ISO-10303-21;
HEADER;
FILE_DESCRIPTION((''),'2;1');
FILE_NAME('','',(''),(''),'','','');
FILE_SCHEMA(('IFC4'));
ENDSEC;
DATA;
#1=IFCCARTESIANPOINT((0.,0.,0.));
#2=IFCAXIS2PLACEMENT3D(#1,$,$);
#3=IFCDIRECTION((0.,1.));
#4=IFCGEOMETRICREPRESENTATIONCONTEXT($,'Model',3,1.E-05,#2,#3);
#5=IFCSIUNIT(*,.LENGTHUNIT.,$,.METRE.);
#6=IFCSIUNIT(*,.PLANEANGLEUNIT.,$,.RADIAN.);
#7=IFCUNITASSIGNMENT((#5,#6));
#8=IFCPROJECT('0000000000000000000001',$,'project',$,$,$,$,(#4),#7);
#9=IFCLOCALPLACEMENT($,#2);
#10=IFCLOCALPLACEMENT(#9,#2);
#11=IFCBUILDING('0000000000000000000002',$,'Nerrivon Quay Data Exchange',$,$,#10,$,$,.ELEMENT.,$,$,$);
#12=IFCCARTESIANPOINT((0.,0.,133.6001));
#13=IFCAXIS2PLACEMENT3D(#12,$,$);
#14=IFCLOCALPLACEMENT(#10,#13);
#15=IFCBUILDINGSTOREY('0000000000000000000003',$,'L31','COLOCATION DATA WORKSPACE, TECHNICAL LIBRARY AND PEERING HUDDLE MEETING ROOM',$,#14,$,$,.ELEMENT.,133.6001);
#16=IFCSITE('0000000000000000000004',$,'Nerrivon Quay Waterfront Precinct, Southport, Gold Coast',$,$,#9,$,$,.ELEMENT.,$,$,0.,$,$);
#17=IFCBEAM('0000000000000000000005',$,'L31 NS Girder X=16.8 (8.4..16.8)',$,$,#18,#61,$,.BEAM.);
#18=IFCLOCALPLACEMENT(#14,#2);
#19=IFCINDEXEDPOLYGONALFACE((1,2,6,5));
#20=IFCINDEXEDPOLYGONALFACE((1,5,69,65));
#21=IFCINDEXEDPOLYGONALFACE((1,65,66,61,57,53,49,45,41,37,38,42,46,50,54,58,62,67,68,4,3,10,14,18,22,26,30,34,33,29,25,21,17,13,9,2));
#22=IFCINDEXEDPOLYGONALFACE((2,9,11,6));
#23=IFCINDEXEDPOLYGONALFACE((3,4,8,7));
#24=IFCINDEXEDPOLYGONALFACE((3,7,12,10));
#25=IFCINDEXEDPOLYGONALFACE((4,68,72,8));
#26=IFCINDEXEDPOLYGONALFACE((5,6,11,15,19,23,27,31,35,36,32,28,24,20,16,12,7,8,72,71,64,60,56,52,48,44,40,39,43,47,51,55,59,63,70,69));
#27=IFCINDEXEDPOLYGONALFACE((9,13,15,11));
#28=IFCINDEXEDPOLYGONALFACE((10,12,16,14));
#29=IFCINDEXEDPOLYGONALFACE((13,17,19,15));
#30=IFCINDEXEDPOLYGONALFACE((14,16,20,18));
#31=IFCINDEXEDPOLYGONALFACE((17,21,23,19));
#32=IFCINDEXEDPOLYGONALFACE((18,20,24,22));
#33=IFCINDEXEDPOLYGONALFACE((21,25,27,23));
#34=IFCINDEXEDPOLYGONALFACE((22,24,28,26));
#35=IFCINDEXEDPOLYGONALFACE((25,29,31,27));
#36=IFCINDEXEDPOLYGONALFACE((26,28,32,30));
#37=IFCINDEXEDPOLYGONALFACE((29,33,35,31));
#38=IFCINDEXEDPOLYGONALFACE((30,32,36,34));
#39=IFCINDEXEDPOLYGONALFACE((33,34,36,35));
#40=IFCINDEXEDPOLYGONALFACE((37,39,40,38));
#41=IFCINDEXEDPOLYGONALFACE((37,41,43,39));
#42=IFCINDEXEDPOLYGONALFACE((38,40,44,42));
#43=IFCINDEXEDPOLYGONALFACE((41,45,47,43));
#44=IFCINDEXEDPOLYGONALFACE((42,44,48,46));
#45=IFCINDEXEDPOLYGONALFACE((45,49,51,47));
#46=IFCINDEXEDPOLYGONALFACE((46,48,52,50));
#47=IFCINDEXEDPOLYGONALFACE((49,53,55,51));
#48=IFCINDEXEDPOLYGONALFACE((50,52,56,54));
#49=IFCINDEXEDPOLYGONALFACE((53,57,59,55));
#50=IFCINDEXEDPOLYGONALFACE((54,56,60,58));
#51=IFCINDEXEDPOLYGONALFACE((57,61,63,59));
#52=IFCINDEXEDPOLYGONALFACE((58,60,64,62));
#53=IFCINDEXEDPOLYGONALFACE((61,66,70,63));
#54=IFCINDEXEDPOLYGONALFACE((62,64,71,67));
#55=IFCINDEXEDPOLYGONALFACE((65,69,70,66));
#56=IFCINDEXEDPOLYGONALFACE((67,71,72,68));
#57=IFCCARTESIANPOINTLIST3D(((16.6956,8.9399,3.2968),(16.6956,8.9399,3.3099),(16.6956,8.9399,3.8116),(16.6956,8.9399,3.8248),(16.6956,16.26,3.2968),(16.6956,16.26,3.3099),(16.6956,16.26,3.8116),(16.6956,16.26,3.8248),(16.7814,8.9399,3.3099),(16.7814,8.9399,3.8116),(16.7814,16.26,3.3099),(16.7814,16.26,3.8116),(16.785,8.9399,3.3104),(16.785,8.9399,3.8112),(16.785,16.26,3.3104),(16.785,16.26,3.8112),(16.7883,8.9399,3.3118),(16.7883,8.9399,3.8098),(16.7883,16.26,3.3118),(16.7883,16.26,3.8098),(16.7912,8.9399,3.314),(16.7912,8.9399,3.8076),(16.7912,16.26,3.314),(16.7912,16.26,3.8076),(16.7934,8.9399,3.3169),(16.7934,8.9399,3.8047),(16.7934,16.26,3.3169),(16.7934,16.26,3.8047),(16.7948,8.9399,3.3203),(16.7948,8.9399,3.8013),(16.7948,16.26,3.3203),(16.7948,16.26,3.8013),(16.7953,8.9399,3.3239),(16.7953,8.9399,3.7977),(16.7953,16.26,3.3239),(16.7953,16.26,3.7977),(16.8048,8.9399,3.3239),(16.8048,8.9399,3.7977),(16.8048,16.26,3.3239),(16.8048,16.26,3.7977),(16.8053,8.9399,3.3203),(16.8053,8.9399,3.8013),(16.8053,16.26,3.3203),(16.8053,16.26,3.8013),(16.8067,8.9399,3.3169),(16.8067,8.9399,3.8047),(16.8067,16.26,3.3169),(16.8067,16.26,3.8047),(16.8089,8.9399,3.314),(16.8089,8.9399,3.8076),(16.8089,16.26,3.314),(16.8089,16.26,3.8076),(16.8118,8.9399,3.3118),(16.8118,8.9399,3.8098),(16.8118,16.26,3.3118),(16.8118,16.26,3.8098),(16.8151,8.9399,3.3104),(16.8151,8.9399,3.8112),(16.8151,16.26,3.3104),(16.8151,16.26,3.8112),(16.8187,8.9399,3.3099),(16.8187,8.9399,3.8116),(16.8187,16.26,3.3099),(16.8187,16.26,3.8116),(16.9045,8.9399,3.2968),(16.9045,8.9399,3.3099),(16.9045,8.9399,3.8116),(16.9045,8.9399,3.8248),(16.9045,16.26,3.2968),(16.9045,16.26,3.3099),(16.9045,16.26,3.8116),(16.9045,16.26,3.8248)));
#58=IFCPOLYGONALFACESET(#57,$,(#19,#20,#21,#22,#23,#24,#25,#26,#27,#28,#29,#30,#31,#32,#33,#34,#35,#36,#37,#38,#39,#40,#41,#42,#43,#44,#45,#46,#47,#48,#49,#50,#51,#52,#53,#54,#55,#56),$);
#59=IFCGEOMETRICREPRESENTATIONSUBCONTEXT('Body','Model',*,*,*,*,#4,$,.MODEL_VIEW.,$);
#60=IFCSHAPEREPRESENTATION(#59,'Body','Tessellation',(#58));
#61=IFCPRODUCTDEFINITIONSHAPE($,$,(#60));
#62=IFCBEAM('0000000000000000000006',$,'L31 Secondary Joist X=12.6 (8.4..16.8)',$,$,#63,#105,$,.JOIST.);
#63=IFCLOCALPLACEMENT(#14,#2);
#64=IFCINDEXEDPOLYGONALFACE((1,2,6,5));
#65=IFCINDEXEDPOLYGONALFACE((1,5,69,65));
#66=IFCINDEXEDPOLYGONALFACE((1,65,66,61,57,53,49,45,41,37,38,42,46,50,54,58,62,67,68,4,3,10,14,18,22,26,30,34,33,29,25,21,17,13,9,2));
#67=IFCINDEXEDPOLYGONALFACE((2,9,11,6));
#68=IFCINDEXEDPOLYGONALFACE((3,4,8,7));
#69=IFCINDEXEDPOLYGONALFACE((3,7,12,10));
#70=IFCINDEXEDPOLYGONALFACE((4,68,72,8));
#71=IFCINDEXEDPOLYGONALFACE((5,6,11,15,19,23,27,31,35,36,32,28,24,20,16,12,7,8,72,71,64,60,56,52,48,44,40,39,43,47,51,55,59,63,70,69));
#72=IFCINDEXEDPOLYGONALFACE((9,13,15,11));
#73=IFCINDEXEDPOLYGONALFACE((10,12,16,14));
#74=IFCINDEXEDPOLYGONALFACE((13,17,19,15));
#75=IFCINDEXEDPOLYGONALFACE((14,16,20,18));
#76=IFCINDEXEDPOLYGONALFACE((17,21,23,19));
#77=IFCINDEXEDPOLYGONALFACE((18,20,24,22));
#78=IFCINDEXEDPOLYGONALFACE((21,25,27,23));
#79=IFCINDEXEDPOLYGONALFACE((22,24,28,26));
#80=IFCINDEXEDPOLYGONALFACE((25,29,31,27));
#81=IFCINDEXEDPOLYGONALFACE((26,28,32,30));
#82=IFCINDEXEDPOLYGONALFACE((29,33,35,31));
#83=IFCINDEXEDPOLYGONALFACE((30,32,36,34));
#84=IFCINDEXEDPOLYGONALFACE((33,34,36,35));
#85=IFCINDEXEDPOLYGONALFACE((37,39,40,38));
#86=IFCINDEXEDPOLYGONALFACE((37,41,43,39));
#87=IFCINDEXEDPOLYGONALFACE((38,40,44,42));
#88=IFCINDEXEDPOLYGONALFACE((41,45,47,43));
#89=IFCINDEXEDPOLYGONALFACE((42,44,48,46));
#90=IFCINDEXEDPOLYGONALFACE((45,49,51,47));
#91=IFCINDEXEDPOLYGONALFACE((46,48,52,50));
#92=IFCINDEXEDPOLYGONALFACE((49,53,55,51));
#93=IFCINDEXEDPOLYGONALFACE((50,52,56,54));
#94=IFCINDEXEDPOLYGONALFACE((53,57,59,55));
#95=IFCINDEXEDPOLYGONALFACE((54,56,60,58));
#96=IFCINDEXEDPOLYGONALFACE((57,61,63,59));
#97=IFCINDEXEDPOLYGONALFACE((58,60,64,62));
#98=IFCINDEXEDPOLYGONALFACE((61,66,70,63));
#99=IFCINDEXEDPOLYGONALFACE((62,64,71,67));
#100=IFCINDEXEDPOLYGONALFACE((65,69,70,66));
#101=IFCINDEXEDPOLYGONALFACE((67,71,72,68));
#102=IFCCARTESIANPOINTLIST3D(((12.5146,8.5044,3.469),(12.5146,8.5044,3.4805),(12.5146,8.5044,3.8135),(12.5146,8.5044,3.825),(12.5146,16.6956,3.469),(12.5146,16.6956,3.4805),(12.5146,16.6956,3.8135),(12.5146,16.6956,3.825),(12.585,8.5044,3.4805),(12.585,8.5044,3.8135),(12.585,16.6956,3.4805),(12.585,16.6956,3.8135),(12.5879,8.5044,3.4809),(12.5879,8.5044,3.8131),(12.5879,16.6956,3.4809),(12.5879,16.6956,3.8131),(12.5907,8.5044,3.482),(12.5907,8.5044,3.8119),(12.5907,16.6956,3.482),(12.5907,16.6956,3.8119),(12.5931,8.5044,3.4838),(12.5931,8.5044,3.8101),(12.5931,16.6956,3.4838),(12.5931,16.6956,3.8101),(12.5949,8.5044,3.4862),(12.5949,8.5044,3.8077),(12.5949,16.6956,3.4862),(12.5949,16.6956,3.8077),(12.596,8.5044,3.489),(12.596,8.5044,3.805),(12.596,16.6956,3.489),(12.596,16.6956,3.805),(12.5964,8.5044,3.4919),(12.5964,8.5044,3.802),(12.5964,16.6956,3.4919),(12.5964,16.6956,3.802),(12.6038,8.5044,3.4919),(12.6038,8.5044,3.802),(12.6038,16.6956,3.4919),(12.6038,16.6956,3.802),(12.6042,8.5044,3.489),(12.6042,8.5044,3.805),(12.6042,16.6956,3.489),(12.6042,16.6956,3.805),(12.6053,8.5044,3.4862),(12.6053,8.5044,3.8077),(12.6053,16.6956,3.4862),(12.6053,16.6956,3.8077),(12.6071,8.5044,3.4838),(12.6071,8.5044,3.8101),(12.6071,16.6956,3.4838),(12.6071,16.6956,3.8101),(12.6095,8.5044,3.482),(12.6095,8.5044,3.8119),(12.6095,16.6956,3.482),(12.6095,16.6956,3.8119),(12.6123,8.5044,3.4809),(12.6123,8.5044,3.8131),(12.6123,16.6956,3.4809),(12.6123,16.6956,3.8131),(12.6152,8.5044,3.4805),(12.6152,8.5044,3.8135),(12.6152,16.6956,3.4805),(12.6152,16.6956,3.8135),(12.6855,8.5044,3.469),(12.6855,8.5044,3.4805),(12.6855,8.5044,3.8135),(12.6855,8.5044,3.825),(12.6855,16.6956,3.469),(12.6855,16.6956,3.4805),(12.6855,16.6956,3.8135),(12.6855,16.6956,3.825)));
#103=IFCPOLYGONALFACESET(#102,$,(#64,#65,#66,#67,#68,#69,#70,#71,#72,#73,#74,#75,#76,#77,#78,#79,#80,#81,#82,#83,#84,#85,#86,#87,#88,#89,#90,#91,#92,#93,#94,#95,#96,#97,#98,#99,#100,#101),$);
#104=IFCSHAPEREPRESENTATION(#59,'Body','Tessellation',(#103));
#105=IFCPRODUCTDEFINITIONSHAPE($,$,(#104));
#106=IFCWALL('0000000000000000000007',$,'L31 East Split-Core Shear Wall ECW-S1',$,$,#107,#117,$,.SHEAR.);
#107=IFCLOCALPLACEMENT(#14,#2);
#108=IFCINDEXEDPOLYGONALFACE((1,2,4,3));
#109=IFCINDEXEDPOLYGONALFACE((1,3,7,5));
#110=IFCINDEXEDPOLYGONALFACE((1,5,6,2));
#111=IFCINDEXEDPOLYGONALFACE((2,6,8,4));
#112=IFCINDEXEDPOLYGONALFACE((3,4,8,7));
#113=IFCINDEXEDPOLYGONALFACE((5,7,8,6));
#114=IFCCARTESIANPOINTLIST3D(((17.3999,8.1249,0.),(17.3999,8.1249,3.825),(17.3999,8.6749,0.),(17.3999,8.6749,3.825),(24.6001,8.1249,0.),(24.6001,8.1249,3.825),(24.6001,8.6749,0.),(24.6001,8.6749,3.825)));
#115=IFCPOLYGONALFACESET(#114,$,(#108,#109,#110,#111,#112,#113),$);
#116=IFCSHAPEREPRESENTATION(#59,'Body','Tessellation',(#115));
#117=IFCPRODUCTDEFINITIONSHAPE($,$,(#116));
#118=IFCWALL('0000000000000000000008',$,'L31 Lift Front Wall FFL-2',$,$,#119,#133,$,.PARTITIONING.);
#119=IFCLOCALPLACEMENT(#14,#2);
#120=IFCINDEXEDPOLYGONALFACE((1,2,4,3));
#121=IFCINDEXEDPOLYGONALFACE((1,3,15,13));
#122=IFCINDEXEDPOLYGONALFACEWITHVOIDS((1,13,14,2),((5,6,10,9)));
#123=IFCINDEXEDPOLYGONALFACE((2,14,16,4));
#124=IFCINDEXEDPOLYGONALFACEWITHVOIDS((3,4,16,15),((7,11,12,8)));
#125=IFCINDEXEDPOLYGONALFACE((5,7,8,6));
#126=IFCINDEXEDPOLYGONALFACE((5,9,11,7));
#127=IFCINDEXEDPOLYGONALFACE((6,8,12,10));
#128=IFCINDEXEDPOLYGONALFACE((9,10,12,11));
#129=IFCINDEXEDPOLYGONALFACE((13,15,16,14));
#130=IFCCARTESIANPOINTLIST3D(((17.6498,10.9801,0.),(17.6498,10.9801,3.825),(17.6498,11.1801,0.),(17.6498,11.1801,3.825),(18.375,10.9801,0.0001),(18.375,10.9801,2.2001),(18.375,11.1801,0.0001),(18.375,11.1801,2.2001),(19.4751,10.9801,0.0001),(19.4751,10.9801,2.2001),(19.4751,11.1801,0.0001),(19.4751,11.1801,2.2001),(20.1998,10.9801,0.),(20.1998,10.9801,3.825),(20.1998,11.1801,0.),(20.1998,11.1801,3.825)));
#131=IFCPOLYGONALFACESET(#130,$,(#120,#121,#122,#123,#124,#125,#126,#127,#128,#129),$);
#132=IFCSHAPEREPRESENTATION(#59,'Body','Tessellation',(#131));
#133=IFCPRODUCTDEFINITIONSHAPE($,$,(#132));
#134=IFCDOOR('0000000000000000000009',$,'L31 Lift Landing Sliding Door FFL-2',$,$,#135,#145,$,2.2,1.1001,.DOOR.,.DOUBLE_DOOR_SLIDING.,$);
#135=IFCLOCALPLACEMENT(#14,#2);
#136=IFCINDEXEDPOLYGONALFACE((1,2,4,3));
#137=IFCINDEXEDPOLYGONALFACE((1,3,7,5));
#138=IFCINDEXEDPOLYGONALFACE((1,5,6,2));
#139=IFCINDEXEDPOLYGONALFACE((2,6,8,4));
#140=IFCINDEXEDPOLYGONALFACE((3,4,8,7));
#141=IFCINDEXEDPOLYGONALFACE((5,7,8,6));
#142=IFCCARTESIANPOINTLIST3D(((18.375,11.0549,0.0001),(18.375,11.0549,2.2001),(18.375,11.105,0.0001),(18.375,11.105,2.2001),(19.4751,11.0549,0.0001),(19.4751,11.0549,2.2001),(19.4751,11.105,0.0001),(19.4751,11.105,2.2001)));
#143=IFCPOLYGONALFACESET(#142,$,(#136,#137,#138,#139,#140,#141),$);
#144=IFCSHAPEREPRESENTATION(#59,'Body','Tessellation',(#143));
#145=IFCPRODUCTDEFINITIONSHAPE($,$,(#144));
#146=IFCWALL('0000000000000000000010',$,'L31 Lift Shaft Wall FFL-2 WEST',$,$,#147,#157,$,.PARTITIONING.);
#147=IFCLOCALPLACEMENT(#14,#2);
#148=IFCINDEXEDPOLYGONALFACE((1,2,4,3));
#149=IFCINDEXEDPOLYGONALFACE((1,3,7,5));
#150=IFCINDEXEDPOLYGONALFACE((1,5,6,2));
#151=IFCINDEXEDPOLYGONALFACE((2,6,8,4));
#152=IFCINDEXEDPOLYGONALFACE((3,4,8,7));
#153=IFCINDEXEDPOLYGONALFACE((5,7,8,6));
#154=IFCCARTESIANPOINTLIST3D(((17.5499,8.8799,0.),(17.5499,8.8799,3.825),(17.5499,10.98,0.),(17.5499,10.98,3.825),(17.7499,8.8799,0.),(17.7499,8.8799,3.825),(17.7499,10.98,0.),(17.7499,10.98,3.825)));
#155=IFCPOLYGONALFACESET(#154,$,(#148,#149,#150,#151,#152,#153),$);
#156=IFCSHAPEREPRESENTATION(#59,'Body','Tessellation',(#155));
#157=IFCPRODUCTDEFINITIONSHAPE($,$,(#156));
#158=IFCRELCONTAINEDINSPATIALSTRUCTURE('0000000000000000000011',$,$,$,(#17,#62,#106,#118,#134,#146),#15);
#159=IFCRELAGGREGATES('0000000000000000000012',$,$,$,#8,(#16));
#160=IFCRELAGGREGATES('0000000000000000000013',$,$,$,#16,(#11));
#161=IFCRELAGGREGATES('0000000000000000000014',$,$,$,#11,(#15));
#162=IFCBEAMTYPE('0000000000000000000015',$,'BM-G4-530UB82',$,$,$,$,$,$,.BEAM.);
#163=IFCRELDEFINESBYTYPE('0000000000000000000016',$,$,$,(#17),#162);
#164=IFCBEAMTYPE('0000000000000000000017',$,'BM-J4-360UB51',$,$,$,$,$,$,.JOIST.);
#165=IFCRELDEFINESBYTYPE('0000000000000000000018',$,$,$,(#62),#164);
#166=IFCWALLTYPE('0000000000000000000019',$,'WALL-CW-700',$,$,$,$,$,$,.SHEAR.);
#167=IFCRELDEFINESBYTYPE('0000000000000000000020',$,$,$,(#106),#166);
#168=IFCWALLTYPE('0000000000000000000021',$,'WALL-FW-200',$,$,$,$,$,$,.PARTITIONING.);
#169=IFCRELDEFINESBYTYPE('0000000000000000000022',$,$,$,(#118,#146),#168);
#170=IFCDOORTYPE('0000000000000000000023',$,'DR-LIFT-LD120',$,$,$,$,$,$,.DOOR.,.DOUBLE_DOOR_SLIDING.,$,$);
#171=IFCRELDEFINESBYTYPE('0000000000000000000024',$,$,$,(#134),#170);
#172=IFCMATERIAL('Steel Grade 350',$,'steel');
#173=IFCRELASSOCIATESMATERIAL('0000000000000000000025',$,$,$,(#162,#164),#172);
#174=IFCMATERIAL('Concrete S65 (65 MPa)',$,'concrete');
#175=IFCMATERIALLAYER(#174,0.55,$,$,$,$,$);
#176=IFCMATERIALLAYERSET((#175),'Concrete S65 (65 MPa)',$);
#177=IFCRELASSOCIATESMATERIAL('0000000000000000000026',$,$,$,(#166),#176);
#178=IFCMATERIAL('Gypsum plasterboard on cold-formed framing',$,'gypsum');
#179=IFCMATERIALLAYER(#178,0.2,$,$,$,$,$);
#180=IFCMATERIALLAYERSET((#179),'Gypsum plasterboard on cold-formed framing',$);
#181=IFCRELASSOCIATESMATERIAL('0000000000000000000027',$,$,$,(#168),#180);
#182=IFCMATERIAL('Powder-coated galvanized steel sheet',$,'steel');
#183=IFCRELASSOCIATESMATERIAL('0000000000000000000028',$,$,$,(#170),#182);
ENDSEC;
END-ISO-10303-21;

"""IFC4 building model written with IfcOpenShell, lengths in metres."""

from ifc_helpers import new_model, si_unit, direction, frame, frame_2d, origin, origin_2d, place, context, subcontext, project, spatial, rectangle, i_section, extrude, material, layer, layer_set, material_profile, profile_set, type_object, element, fill, save


model = new_model("IFC4")

# Units and contexts
model_context = context("Model", 3, precision=1e-05, world=origin(), true_north=direction((0.0, 1.0)))
body_context = subcontext(model_context, "Body", "Model", "MODEL_VIEW")
ifc_project = project(units=[si_unit("LENGTHUNIT", "METRE"), si_unit("PLANEANGLEUNIT", "RADIAN")], contexts=[model_context])

# Site, building, storey
site_placement = place(None, origin())
site = spatial("IfcSite", under=ifc_project, at=site_placement, Name="Nerrivon Quay Waterfront Precinct, Southport, Gold Coast", CompositionType="ELEMENT", RefElevation=0.0)
building_placement = place(site_placement, origin())
building = spatial("IfcBuilding", under=site, at=building_placement, Name="Nerrivon Quay Data Exchange", CompositionType="ELEMENT")
storey_placement = place(building_placement, frame((0.0, 0.0, 133.6001)))
storey = spatial("IfcBuildingStorey", under=building, at=storey_placement, Name="L31", Description="COLOCATION DATA WORKSPACE, TECHNICAL LIBRARY AND PEERING HUDDLE MEETING ROOM", CompositionType="ELEMENT", Elevation=133.6001)

# Shared definitions
ifc_material_1 = material(Name="Concrete S65 (65 MPa)", Category="concrete")
ifc_material_2 = material(Name="Steel Grade 350", Category="steel")

# Beams
ifc_material_profile_1 = material_profile(ifc_material_2, i_section(OverallWidth=0.209, OverallDepth=0.5281, WebThickness=0.0095, FlangeThickness=0.0132, FilletRadius=0.0139, at=origin_2d()), Name="530UB82.0")
ifc_profile_set_1 = profile_set([ifc_material_profile_1], Name="Steel Grade 350")
beam_type_1 = type_object("IfcBeamType", Name="BM-G4-530UB82", PredefinedType="BEAM", material=ifc_profile_set_1)
beam_1_placement = place(storey_placement, frame((16.8, 8.9399, 3.5608), z_axis=(0.0, 1.0, 0.0), x_axis=(-1.0, 0.0, 0.0)))
element("IfcBeam", 1, at=beam_1_placement, inside=storey, type_object=beam_type_1, Name="L31 NS Girder X=16.8 (8.4..16.8)", PredefinedType="BEAM", context=body_context, shape_type="SweptSolid", body=[
    extrude(i_section(OverallWidth=0.209, OverallDepth=0.5281, WebThickness=0.0095, FlangeThickness=0.0132, FilletRadius=0.0139, at=origin_2d()), origin(), (0.0, 0.0, 1.0), 7.3201),
])
ifc_material_profile_2 = material_profile(ifc_material_2, i_section(OverallWidth=0.1709, OverallDepth=0.356, WebThickness=0.0073, FlangeThickness=0.0115, FilletRadius=0.0115, at=origin_2d()), Name="360UB50.7")
ifc_profile_set_2 = profile_set([ifc_material_profile_2], Name="Steel Grade 350")
beam_type_2 = type_object("IfcBeamType", Name="BM-J4-360UB51", PredefinedType="JOIST", material=ifc_profile_set_2)
beam_2_placement = place(storey_placement, frame((12.6001, 8.5044, 3.647), z_axis=(0.0, 1.0, 0.0), x_axis=(-1.0, 0.0, 0.0)))
element("IfcBeam", 2, at=beam_2_placement, inside=storey, type_object=beam_type_2, Name="L31 Secondary Joist X=12.6 (8.4..16.8)", PredefinedType="JOIST", context=body_context, shape_type="SweptSolid", body=[
    extrude(i_section(OverallWidth=0.1709, OverallDepth=0.356, WebThickness=0.0073, FlangeThickness=0.0115, FilletRadius=0.0115, at=origin_2d()), origin(), (0.0, 0.0, 1.0), 8.1912),
])

# Wall
ifc_layer_1 = layer(ifc_material_1, 0.55)
ifc_layer_set_1 = layer_set([ifc_layer_1], Name="Concrete S65 (65 MPa)")
wall_type_1 = type_object("IfcWallType", Name="WALL-CW-700", PredefinedType="SHEAR", material=ifc_layer_set_1)
wall_1_placement = place(storey_placement, frame((17.3999, 8.3999, 0.0), z_axis=(0.0, 0.0, 1.0), x_axis=(1.0, 0.0, 0.0)))
element("IfcWall", 3, at=wall_1_placement, inside=storey, type_object=wall_type_1, Name="L31 East Split-Core Shear Wall ECW-S1", PredefinedType="SHEAR", context=body_context, shape_type="SweptSolid", body=[
    extrude(rectangle(XDim=7.2002, YDim=0.55, at=frame_2d((3.6001, 0.0))), origin(), (0.0, 0.0, 1.0), 3.825),
])

# Wall, opening, door
ifc_material_3 = material(Name="Powder-coated galvanized steel sheet", Category="steel")
ifc_material_4 = material(Name="Gypsum plasterboard on cold-formed framing", Category="gypsum")
ifc_layer_2 = layer(ifc_material_4, 0.2)
ifc_layer_set_2 = layer_set([ifc_layer_2], Name="Gypsum plasterboard on cold-formed framing")
wall_type_2 = type_object("IfcWallType", Name="WALL-FW-200", PredefinedType="PARTITIONING", material=ifc_layer_set_2)
wall_2_placement = place(storey_placement, frame((17.6499, 11.0801, 0.0), z_axis=(0.0, 0.0, 1.0), x_axis=(1.0, 0.0, 0.0)))
wall_2 = element("IfcWall", 4, at=wall_2_placement, inside=storey, type_object=wall_type_2, Name="L31 Lift Front Wall FFL-2", PredefinedType="PARTITIONING", context=body_context, shape_type="SweptSolid", body=[
    extrude(rectangle(XDim=2.55, YDim=0.2, at=frame_2d((1.2749, 0.0))), origin(), (0.0, 0.0, 1.0), 3.825),
])
opening_1_placement = place(wall_2_placement, frame((0.7251, 0.0, 0.0)))
opening_1 = element("IfcOpeningElement", 5, at=opening_1_placement, cuts=wall_2, PredefinedType="OPENING", context=body_context, shape_type="SweptSolid", body=[
    extrude(rectangle(XDim=1.1001, YDim=2.2, at=frame_2d((0.55, 1.1001))), frame((0.0, 0.1099, 0.0), z_axis=(0.0, -1.0, 0.0), x_axis=(1.0, 0.0, 0.0)), (0.0, 0.0, 1.0), 0.22),
])
door_type_1 = type_object("IfcDoorType", Name="DR-LIFT-LD120", OperationType="DOUBLE_DOOR_SLIDING", PredefinedType="DOOR", material=ifc_material_3)
door_1_placement = place(opening_1_placement, origin())
door_1 = element("IfcDoor", 6, at=door_1_placement, inside=storey, type_object=door_type_1, Name="L31 Lift Landing Sliding Door FFL-2", OperationType="DOUBLE_DOOR_SLIDING", OverallHeight=2.2, OverallWidth=1.1001, PredefinedType="DOOR", context=body_context, shape_type="SweptSolid", body=[
    extrude(rectangle(XDim=1.1001, YDim=2.2, at=frame_2d((0.55, 1.1001))), frame((0.0, 0.0249, 0.0), z_axis=(0.0, -1.0, 0.0), x_axis=(1.0, 0.0, 0.0)), (0.0, 0.0, 1.0), 0.05),
])
fill(opening_1, door_1)

# Wall
wall_3_placement = place(storey_placement, frame((17.6499, 8.8799, 0.0), z_axis=(0.0, 0.0, 1.0), x_axis=(0.0, 1.0, 0.0)))
element("IfcWall", 7, at=wall_3_placement, inside=storey, type_object=wall_type_2, Name="L31 Lift Shaft Wall FFL-2 WEST", PredefinedType="PARTITIONING", context=body_context, shape_type="SweptSolid", body=[
    extrude(rectangle(XDim=2.1001, YDim=0.2, at=frame_2d((1.05, 0.0))), origin(), (0.0, 0.0, 1.0), 3.825),
])

save(model, "model.ifc")
